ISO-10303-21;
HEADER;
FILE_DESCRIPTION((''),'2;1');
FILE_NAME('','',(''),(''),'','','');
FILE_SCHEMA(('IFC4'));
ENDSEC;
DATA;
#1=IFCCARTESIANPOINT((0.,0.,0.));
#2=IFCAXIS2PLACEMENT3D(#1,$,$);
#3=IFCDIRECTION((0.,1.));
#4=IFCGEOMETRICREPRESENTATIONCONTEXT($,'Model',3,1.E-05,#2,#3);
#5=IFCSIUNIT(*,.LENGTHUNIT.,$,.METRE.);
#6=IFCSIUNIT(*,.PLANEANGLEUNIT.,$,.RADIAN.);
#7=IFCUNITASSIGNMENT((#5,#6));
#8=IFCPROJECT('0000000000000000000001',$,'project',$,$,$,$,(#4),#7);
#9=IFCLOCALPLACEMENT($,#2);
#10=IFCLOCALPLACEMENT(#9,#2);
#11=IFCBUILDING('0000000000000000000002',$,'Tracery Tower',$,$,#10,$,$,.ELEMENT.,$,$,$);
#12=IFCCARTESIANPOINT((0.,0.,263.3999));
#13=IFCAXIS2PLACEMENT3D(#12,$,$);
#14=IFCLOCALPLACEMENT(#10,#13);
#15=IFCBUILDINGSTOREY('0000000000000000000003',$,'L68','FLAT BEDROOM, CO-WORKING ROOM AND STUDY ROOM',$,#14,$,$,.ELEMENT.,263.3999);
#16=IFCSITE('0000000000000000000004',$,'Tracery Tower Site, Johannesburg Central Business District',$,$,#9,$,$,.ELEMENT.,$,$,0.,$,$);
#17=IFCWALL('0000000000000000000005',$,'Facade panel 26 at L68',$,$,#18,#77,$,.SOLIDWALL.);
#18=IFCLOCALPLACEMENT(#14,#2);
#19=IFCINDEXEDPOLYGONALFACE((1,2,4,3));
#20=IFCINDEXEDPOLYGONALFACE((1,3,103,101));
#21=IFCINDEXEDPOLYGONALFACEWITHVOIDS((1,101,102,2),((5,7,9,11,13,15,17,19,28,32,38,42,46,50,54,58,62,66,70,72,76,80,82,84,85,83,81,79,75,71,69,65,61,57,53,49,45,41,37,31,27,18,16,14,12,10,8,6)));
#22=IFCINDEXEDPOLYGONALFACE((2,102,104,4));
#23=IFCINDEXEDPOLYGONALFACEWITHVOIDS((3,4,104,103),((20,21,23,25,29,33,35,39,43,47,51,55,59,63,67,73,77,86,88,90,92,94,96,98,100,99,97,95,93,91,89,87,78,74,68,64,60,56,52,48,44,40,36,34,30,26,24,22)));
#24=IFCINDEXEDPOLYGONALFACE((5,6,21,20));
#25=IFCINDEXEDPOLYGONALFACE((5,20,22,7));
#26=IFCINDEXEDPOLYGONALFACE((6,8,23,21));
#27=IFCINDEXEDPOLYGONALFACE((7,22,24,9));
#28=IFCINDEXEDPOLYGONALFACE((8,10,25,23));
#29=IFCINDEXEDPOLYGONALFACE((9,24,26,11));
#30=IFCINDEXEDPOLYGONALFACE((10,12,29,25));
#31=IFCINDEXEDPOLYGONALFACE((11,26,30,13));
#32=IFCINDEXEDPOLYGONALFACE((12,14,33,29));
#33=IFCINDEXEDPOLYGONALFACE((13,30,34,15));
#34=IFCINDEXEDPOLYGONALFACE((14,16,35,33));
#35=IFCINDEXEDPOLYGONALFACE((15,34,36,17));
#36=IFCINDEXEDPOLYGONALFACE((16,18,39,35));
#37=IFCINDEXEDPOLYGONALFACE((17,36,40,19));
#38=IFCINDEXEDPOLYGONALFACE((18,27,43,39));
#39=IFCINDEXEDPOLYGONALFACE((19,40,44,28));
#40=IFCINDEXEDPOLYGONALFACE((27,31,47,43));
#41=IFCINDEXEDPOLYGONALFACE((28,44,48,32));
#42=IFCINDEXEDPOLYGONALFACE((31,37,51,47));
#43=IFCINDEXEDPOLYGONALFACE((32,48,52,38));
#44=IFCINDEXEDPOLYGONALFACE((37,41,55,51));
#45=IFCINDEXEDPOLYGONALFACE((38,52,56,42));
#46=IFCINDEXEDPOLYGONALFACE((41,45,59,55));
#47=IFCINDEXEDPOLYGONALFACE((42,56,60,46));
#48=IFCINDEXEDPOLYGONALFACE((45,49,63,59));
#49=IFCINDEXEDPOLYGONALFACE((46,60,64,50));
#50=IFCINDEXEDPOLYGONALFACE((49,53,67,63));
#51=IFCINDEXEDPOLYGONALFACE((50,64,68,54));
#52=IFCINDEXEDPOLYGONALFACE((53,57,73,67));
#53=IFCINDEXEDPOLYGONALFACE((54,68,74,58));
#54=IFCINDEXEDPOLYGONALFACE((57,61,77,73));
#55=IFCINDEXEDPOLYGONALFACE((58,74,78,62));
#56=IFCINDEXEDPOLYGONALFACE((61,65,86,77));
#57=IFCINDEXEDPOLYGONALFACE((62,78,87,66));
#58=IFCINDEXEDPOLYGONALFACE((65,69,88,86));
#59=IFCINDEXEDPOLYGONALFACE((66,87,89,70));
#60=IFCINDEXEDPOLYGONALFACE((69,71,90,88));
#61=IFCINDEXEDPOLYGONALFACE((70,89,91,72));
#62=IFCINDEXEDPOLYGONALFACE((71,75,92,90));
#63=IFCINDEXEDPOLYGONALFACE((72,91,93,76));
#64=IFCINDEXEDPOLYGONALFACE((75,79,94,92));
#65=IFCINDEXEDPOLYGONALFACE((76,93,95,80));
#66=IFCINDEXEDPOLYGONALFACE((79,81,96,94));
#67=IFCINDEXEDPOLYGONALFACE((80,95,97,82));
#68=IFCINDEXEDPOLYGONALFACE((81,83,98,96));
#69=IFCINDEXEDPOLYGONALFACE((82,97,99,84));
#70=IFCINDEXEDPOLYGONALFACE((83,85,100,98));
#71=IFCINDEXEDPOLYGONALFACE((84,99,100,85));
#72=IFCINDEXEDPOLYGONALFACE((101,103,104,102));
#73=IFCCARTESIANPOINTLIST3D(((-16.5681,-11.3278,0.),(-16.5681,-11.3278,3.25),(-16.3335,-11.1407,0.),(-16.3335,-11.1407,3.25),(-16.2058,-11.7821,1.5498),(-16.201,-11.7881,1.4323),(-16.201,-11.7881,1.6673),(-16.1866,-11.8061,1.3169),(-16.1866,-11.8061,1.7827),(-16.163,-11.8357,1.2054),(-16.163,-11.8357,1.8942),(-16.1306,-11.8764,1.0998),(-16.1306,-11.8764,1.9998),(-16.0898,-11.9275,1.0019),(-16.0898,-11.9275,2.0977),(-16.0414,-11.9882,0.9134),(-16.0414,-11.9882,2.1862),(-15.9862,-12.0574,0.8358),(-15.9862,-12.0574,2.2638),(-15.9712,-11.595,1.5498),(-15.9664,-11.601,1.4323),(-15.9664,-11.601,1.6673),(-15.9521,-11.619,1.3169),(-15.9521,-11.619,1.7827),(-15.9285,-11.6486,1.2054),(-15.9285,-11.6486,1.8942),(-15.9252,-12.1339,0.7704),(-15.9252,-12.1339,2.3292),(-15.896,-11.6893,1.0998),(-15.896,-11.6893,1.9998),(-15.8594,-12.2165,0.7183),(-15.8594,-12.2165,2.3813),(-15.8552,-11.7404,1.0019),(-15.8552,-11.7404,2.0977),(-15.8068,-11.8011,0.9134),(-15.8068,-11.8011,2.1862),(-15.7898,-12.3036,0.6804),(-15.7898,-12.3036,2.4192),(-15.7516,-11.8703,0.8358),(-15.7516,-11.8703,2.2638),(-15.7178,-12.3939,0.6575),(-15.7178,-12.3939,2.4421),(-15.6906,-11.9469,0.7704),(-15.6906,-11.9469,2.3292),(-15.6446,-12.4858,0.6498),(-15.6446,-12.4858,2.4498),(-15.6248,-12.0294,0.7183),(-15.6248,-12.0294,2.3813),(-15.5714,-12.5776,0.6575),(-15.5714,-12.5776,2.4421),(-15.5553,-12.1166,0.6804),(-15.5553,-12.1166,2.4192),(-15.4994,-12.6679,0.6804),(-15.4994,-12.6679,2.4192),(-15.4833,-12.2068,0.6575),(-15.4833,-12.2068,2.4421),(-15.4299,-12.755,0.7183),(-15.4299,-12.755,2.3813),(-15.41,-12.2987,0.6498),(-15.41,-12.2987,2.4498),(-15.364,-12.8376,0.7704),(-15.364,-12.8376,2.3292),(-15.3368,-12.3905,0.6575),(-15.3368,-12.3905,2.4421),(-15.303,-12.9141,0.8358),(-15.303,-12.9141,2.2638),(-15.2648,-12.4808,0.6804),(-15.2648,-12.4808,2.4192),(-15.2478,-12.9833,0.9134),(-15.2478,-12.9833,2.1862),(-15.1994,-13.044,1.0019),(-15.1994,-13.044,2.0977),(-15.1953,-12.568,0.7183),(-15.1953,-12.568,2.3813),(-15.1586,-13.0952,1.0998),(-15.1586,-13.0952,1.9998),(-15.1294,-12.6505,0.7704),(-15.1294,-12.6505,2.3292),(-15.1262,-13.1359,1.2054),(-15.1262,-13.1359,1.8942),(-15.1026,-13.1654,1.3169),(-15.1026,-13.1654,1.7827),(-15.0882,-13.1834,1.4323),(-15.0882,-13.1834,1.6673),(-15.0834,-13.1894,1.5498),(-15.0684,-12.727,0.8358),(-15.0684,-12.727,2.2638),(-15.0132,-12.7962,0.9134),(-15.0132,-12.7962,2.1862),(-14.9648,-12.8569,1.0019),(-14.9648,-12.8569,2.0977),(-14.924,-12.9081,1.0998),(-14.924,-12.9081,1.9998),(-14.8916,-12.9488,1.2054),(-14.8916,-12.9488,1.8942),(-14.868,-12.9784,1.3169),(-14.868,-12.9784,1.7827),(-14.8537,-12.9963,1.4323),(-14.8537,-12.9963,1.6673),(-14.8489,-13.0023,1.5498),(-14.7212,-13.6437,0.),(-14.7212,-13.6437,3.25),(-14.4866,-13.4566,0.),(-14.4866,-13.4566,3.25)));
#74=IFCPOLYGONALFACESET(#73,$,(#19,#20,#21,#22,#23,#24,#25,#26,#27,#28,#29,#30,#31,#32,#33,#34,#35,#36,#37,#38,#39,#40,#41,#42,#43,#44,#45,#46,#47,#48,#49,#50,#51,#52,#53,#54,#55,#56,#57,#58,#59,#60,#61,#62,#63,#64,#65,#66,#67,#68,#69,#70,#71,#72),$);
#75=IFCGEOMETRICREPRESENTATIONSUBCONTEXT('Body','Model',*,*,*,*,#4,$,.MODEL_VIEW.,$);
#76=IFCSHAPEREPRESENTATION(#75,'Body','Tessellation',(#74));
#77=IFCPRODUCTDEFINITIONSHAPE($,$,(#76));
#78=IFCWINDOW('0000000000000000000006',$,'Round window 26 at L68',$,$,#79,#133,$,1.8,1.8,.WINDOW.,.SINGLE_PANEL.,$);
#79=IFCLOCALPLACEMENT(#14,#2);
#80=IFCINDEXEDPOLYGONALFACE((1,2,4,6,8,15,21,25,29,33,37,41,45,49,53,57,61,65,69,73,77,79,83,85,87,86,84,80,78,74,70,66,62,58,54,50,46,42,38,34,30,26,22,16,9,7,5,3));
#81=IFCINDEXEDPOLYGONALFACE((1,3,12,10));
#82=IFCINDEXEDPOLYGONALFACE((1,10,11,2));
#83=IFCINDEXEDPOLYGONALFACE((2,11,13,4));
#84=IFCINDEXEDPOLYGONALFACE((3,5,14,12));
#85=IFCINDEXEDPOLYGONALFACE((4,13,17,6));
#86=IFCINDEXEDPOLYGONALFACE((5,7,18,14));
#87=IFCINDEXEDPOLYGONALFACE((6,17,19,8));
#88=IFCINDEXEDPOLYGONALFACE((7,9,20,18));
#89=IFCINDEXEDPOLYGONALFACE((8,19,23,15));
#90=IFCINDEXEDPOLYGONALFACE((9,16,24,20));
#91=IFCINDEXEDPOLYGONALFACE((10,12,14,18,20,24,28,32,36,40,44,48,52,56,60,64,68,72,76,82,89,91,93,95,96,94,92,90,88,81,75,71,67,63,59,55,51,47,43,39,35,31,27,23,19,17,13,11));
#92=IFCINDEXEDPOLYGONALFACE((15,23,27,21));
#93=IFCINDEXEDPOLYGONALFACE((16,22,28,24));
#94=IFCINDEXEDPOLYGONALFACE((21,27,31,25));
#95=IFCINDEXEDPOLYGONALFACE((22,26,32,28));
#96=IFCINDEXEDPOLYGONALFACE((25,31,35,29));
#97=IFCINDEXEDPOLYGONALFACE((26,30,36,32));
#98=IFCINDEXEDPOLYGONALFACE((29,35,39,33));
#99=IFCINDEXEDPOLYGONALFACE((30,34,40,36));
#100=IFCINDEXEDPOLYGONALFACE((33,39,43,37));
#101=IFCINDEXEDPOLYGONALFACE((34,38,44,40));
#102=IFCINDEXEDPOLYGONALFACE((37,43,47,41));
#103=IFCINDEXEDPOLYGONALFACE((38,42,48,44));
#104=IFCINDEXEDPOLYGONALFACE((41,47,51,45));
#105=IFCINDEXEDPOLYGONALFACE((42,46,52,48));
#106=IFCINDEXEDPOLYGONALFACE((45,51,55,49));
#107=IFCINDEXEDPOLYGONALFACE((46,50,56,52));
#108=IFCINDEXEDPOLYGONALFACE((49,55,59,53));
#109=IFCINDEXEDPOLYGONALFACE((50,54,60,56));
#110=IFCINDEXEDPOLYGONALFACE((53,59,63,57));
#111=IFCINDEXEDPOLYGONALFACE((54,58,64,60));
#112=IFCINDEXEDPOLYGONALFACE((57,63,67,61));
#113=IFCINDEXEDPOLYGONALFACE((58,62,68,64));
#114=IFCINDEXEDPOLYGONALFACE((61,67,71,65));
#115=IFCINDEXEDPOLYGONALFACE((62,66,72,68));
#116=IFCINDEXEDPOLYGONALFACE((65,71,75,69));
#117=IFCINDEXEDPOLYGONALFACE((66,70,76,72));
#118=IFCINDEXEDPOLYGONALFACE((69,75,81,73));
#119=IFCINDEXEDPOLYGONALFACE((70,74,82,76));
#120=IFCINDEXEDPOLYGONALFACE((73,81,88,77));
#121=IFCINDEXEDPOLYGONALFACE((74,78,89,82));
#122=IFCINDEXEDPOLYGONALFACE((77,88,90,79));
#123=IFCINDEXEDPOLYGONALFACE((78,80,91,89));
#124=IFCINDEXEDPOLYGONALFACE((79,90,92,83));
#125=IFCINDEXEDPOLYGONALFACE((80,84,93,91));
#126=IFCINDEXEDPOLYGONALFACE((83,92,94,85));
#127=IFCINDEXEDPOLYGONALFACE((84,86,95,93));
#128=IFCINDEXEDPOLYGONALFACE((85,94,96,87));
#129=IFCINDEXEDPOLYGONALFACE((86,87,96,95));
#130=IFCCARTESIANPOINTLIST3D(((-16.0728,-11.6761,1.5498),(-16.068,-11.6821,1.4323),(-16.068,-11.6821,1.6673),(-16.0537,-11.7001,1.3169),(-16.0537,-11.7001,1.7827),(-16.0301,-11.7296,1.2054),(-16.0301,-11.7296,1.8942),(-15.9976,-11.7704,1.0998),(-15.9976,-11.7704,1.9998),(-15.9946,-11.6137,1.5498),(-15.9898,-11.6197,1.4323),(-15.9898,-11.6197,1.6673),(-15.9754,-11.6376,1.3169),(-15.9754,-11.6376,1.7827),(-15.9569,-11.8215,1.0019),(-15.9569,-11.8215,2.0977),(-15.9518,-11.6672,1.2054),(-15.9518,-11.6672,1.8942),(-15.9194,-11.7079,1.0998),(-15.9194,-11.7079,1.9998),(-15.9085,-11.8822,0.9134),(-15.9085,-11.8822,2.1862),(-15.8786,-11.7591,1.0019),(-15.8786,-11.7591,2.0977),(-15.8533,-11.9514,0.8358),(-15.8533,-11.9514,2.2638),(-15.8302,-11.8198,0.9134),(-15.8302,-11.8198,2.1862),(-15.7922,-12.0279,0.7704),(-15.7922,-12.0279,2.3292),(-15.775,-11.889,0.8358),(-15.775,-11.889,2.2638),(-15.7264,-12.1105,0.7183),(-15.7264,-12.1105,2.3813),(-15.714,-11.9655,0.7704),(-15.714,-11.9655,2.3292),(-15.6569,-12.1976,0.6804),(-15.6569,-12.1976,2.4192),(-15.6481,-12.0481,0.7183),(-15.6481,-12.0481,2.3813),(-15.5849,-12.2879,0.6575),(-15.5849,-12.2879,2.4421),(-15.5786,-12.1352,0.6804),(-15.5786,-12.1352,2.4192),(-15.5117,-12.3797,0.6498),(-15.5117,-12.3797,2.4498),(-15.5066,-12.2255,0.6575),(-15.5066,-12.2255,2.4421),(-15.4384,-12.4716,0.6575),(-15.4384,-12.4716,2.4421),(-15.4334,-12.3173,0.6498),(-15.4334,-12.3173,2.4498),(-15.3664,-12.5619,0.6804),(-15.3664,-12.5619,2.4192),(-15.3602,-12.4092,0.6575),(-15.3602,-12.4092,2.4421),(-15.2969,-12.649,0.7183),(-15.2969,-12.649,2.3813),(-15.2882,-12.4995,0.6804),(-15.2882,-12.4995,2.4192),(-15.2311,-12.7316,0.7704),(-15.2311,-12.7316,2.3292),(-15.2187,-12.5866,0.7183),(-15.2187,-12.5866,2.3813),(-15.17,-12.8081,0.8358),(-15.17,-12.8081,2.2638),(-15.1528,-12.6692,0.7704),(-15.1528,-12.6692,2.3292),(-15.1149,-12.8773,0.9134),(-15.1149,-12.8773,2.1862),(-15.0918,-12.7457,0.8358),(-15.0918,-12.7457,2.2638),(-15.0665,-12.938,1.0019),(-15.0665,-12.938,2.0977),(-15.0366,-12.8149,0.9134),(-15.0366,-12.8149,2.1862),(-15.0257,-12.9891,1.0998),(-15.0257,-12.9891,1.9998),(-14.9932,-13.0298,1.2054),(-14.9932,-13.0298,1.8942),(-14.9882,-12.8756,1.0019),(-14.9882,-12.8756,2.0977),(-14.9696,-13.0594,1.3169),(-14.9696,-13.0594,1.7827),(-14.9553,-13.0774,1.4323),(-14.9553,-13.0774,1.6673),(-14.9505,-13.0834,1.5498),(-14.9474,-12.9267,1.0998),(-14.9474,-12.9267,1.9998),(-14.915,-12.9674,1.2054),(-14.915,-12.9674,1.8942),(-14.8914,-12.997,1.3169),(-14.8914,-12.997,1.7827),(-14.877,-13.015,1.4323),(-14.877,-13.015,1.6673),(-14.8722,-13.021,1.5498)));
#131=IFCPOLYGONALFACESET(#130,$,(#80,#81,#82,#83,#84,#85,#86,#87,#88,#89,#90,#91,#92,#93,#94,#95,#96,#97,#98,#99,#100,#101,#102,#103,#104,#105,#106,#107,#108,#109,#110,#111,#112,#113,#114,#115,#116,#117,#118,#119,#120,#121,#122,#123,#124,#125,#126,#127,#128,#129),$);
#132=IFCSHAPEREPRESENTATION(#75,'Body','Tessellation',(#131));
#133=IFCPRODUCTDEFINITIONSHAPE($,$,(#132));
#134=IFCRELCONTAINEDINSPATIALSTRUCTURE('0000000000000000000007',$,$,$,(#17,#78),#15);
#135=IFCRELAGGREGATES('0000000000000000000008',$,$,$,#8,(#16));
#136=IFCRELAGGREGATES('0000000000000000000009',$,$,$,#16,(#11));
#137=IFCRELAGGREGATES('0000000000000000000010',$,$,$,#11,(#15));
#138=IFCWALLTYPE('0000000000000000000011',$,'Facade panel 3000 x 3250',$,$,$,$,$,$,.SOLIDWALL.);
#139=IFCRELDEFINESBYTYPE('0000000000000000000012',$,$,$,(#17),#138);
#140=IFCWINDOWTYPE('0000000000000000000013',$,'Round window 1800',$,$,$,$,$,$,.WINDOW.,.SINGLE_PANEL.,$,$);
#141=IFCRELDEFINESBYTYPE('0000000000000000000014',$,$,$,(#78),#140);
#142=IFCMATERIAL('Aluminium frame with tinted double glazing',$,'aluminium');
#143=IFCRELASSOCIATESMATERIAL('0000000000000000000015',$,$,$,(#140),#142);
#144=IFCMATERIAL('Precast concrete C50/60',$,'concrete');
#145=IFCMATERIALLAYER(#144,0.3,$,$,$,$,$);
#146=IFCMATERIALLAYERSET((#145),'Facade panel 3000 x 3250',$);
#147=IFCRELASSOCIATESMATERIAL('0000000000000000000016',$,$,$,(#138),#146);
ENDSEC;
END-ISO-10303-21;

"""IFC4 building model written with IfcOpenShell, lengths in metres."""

from ifc_helpers import new_model, si_unit, direction, frame, frame_2d, origin, origin_2d, place, context, subcontext, project, spatial, rectangle, circle, extrude, material, layer, layer_set, type_object, element, fill, save


model = new_model("IFC4")

# Units and contexts
model_context = context("Model", 3, precision=1e-05, world=origin(), true_north=direction((0.0, 1.0)))
body_context = subcontext(model_context, "Body", "Model", "MODEL_VIEW")
ifc_project = project(units=[si_unit("LENGTHUNIT", "METRE"), si_unit("PLANEANGLEUNIT", "RADIAN")], contexts=[model_context])

# Site, building, storey
site_placement = place(None, origin())
site = spatial("IfcSite", under=ifc_project, at=site_placement, Name="Tracery Tower Site, Johannesburg Central Business District", CompositionType="ELEMENT", RefElevation=0.0)
building_placement = place(site_placement, origin())
building = spatial("IfcBuilding", under=site, at=building_placement, Name="Tracery Tower", CompositionType="ELEMENT")
storey_placement = place(building_placement, frame((0.0, 0.0, 263.3999)))
storey = spatial("IfcBuildingStorey", under=building, at=storey_placement, Name="L68", Description="FLAT BEDROOM, CO-WORKING ROOM AND STUDY ROOM", CompositionType="ELEMENT", Elevation=263.3999)

# Wall, opening, window
ifc_material_1 = material(Name="Aluminium frame with tinted double glazing", Category="aluminium")
window_type = type_object("IfcWindowType", Name="Round window 1800", PartitioningType="SINGLE_PANEL", PredefinedType="WINDOW", material=ifc_material_1)
ifc_material_2 = material(Name="Precast concrete C50/60", Category="concrete")
ifc_layer_1 = layer(ifc_material_2, 0.3)
ifc_layer_set_1 = layer_set([ifc_layer_1], Name="Facade panel 3000 x 3250")
wall_type_1 = type_object("IfcWallType", Name="Facade panel 3000 x 3250", PredefinedType="SOLIDWALL", material=ifc_layer_set_1)
wall_1_placement = place(storey_placement, frame((-16.4507, -11.2344, 0.0), z_axis=(0.0, 0.0, 1.0), x_axis=(0.623498, -0.781825, 0.0)))
wall_1 = element("IfcWall", 1, at=wall_1_placement, inside=storey, type_object=wall_type_1, Name="Facade panel 26 at L68", PredefinedType="SOLIDWALL", context=body_context, shape_type="SweptSolid", body=[
    extrude(rectangle(XDim=2.9622, YDim=0.3, at=frame_2d((1.481, 0.0))), origin(), (0.0, 0.0, 1.0), 3.25),
])
opening_1_placement = place(wall_1_placement, frame((1.481, 0.0, 1.5498)))
opening_1 = element("IfcOpeningElement", 2, at=opening_1_placement, cuts=wall_1, PredefinedType="OPENING", context=body_context, shape_type="SweptSolid", body=[
    extrude(circle(Radius=0.9, at=origin_2d()), frame((0.0, 0.1599, 0.0), z_axis=(0.0, -1.0, 0.0), x_axis=(1.0, 0.0, 0.0)), (0.0, 0.0, 1.0), 0.3201),
])
window_1_placement = place(opening_1_placement, origin())
window_1 = element("IfcWindow", 3, at=window_1_placement, inside=storey, type_object=window_type, Name="Round window 26 at L68", OverallHeight=1.8, OverallWidth=1.8, PartitioningType="SINGLE_PANEL", PredefinedType="WINDOW", context=body_context, shape_type="SweptSolid", body=[
    extrude(circle(Radius=0.9, at=origin_2d()), frame((0.0, 0.1201, 0.0), z_axis=(0.0, -1.0, 0.0), x_axis=(1.0, 0.0, 0.0)), (0.0, 0.0, 1.0), 0.1001),
])
fill(opening_1, window_1)

save(model, "model.ifc")
